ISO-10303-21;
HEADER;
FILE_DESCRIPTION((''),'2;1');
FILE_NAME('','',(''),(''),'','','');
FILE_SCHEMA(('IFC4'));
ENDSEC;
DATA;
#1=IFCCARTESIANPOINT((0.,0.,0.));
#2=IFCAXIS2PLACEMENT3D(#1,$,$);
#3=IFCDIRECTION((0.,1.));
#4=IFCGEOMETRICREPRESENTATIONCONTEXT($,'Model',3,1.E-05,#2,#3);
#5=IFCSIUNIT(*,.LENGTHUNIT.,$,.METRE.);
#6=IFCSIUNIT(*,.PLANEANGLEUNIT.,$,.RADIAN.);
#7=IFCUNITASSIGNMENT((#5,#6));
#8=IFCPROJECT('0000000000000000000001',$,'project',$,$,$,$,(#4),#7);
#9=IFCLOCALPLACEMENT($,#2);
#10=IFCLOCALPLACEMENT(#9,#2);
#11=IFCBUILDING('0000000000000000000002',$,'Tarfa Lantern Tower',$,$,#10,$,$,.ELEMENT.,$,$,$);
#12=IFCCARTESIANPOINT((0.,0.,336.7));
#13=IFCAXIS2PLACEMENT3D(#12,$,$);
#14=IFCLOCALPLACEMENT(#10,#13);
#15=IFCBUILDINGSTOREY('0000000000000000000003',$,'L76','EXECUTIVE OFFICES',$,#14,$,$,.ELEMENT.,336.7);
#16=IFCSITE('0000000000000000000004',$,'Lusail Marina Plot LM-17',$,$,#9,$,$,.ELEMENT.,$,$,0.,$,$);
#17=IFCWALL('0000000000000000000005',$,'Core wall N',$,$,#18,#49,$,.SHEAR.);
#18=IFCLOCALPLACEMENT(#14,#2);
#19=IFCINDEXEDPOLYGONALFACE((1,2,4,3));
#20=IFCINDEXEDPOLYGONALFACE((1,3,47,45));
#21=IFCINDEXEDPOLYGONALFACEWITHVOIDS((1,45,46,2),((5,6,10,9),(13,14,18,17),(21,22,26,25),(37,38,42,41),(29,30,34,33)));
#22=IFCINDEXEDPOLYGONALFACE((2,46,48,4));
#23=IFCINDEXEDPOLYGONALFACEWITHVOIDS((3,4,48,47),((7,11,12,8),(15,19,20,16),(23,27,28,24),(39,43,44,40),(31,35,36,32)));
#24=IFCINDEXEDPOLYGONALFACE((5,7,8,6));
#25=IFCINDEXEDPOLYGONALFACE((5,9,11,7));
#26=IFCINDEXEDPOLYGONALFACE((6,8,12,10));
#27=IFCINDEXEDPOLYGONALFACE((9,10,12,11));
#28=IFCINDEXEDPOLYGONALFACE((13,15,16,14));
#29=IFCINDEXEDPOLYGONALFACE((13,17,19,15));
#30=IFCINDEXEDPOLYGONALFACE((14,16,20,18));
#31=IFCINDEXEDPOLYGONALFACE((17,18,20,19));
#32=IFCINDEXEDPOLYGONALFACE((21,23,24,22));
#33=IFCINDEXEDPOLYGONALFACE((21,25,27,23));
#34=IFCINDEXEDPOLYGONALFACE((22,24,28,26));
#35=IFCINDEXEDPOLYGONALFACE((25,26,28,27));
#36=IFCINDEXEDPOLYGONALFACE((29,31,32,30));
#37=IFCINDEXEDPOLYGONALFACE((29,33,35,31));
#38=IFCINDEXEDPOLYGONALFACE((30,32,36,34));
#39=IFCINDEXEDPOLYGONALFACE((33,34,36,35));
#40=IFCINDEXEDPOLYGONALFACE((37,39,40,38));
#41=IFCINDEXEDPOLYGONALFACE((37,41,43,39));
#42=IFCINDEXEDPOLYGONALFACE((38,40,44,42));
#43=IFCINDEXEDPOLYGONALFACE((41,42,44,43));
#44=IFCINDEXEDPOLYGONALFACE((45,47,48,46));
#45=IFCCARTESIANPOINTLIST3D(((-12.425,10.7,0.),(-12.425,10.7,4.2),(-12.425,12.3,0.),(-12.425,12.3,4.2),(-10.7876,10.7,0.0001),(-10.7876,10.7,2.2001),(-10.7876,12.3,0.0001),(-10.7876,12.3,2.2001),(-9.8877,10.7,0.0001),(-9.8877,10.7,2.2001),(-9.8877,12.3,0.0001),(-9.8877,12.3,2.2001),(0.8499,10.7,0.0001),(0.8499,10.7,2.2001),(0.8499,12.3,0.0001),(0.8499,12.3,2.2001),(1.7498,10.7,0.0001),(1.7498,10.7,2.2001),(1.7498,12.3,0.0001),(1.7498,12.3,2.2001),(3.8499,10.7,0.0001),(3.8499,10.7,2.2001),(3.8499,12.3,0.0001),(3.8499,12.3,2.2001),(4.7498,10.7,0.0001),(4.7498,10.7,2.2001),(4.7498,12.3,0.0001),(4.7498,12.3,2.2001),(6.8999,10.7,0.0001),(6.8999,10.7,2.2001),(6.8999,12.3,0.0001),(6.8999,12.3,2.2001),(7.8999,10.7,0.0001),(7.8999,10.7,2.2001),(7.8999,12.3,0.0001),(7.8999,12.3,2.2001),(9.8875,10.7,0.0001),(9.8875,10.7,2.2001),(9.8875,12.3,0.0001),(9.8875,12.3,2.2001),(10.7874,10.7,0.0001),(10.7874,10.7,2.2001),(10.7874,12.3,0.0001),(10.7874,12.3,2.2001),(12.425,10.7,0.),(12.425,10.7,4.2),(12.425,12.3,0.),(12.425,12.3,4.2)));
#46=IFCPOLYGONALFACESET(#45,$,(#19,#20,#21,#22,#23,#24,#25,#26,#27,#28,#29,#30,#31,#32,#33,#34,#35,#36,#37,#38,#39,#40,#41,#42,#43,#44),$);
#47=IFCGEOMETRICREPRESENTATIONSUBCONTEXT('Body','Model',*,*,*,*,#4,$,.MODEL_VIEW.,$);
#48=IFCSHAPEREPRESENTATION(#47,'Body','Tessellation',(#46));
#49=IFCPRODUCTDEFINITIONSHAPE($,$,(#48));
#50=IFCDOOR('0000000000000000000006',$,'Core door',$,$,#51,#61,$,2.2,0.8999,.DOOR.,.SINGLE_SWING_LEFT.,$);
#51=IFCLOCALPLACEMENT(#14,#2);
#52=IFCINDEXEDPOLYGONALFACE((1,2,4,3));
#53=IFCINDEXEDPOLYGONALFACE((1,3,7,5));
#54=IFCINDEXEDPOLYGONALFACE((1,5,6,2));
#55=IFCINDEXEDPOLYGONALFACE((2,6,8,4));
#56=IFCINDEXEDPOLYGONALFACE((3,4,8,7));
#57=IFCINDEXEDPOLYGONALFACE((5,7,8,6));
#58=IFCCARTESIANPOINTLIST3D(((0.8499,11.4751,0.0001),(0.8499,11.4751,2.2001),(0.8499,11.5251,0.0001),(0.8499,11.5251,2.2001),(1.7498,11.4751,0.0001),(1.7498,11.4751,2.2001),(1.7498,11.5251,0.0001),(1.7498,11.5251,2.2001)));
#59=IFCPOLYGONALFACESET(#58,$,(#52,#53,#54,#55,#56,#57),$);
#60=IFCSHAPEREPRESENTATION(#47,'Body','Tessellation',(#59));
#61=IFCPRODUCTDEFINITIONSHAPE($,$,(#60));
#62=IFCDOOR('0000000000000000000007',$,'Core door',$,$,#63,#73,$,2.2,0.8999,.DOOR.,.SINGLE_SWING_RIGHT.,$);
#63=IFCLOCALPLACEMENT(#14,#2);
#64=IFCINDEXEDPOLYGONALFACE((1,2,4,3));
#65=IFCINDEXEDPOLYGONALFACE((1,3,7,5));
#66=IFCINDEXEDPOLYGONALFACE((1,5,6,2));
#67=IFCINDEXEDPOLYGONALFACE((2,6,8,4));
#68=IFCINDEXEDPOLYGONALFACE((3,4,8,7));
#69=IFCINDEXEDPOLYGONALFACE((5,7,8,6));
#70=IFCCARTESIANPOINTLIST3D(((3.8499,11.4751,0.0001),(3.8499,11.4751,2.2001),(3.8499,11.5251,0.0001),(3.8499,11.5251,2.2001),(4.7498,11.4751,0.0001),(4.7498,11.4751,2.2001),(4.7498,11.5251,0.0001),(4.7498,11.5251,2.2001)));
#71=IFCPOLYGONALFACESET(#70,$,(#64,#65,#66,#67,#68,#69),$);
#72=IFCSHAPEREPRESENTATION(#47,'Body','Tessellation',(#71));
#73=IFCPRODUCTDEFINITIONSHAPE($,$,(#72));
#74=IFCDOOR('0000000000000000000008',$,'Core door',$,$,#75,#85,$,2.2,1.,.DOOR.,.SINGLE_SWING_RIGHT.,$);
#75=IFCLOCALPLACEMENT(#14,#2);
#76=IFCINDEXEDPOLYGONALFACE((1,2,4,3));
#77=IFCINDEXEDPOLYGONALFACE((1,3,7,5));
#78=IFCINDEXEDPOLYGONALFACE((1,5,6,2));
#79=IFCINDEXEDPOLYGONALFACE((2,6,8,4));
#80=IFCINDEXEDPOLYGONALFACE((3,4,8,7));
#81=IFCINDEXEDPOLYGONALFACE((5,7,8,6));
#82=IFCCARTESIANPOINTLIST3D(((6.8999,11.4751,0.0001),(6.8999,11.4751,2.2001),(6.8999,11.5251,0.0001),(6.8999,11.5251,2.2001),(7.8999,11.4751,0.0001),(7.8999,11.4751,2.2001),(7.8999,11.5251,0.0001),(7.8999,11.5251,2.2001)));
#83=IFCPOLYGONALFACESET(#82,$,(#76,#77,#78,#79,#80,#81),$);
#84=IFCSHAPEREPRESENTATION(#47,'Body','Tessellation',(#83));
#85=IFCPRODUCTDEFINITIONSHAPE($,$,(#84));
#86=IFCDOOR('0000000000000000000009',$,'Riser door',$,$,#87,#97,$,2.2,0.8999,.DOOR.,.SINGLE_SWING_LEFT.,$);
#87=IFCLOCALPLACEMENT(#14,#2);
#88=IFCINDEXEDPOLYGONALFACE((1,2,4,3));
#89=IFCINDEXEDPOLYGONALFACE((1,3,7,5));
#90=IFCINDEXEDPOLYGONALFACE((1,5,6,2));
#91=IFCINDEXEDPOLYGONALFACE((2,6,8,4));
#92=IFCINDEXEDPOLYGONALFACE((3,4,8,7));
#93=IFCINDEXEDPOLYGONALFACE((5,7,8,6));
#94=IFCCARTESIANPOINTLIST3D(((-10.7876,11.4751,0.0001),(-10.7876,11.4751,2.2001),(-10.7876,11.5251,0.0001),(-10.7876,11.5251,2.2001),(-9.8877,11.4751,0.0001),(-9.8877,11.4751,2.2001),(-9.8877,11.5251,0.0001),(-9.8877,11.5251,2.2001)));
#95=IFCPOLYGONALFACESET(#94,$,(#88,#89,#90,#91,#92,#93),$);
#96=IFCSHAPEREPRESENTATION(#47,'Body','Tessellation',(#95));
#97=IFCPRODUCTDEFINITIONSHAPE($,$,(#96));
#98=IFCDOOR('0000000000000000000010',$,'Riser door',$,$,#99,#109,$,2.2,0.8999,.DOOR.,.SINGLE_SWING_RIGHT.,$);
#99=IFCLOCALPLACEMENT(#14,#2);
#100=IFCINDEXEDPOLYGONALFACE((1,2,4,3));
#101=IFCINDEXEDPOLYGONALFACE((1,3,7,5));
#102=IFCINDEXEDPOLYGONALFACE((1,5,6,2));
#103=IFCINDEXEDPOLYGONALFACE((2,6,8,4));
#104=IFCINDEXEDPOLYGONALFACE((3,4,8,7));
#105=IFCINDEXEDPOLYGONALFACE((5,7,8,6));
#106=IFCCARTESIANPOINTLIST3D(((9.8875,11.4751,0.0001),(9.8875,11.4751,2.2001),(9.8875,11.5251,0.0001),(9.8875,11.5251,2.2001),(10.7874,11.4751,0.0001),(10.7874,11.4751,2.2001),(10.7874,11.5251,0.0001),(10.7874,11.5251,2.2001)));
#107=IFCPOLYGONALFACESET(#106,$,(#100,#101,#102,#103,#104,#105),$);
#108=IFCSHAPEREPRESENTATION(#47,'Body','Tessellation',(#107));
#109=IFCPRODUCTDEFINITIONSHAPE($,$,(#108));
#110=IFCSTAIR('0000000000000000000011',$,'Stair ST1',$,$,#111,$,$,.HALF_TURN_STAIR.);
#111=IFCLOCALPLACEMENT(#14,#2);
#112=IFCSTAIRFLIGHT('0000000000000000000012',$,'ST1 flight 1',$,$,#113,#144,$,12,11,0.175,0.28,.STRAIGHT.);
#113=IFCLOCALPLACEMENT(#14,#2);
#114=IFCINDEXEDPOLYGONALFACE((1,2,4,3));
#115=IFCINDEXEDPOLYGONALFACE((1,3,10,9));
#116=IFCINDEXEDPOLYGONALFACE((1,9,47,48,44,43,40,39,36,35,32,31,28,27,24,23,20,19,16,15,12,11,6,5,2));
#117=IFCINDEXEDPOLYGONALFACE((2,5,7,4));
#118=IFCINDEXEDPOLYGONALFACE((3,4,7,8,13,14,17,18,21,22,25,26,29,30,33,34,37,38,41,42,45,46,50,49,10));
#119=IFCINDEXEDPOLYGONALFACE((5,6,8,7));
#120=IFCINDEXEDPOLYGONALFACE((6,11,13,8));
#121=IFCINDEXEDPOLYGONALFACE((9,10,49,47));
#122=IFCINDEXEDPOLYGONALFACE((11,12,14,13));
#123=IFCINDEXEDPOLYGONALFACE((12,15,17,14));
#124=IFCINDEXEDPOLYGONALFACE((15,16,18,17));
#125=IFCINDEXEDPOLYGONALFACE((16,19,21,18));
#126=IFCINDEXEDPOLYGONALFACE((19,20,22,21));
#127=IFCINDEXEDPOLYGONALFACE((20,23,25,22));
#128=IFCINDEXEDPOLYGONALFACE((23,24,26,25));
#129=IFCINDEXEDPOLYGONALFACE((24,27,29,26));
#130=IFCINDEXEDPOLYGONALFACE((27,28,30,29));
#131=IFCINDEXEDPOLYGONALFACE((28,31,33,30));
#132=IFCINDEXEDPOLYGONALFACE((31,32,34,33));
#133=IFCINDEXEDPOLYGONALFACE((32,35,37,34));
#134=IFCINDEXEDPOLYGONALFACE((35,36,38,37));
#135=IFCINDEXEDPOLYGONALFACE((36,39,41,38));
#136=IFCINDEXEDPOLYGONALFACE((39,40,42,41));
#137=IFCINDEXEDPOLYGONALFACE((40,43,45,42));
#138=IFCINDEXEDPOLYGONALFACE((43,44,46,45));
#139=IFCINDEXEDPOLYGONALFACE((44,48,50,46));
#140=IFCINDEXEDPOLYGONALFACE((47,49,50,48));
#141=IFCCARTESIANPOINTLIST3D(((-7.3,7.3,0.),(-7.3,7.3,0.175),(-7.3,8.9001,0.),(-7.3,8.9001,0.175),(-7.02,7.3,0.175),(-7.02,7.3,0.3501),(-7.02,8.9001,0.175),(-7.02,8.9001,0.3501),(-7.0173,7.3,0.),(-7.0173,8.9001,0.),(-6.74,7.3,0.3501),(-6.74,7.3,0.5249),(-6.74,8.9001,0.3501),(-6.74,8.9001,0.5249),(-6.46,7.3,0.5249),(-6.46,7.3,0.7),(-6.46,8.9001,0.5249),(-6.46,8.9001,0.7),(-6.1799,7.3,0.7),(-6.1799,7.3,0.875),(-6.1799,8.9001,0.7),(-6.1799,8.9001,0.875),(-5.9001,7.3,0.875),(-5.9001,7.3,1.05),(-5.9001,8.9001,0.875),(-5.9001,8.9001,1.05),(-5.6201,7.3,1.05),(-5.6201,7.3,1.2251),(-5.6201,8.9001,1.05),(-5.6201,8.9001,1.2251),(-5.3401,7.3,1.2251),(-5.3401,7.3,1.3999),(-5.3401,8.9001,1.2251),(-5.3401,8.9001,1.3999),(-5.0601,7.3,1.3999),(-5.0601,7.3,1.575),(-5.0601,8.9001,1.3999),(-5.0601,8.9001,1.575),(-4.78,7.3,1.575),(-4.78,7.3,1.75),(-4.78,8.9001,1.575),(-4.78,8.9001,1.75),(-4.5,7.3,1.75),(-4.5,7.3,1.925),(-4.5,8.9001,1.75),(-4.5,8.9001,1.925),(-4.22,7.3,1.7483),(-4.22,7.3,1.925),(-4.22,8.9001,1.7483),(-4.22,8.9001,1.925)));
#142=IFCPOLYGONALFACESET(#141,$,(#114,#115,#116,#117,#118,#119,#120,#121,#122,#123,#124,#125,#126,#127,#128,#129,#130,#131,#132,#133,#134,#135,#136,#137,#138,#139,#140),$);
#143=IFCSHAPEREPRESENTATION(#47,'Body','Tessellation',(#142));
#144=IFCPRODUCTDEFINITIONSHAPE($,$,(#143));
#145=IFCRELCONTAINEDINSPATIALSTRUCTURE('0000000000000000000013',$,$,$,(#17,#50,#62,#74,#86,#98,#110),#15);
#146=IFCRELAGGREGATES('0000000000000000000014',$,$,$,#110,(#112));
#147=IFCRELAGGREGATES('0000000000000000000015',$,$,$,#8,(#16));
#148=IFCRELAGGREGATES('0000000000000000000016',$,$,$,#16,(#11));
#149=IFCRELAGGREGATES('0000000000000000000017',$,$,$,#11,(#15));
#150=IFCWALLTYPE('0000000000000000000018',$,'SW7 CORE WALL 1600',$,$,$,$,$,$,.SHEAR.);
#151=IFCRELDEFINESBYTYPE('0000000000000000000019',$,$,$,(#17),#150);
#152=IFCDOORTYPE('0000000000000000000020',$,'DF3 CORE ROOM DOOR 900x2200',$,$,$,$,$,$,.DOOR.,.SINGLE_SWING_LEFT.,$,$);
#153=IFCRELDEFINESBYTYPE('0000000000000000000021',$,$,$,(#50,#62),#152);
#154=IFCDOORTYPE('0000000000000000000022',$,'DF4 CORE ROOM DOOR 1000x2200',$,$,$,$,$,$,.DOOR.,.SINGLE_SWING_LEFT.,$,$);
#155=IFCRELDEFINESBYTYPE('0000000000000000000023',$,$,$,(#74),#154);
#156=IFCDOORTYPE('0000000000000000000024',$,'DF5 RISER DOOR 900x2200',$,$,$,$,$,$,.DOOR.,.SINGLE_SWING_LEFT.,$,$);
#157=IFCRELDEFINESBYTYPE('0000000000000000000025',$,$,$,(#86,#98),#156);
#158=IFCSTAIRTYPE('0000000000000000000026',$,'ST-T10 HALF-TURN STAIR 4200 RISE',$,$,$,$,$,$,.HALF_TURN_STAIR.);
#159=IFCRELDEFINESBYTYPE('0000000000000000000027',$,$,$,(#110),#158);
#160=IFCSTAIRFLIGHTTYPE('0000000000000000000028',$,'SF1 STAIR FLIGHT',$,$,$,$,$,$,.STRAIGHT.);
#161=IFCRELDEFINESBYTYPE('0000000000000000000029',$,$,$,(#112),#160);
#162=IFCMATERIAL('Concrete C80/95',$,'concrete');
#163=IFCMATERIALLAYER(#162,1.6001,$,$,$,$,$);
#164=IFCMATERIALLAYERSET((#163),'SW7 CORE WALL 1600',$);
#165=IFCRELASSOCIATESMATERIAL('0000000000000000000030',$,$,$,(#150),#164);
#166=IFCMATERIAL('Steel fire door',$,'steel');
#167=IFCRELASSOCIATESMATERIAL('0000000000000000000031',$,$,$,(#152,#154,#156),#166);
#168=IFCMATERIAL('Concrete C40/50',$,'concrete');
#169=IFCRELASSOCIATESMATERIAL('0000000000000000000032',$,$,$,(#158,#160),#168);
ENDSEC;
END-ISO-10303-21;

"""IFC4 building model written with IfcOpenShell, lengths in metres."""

from ifc_helpers import new_model, si_unit, direction, frame, frame_2d, origin, place, context, subcontext, project, spatial, polyline, rectangle, outline, extrude, material, layer, layer_set, type_object, element, fill, aggregate, save


model = new_model("IFC4")

# Units and contexts
model_context = context("Model", 3, precision=1e-05, world=origin(), true_north=direction((0.0, 1.0)))
body_context = subcontext(model_context, "Body", "Model", "MODEL_VIEW")
ifc_project = project(units=[si_unit("LENGTHUNIT", "METRE"), si_unit("PLANEANGLEUNIT", "RADIAN")], contexts=[model_context])

# Site, building, storey
site_placement = place(None, origin())
site = spatial("IfcSite", under=ifc_project, at=site_placement, Name="Lusail Marina Plot LM-17", CompositionType="ELEMENT", RefElevation=0.0)
building_placement = place(site_placement, origin())
building = spatial("IfcBuilding", under=site, at=building_placement, Name="Tarfa Lantern Tower", CompositionType="ELEMENT")
storey_placement = place(building_placement, frame((0.0, 0.0, 336.7)))
storey = spatial("IfcBuildingStorey", under=building, at=storey_placement, Name="L76", Description="EXECUTIVE OFFICES", CompositionType="ELEMENT", Elevation=336.7)

# Shared definitions
ifc_material_1 = material(Name="Concrete C80/95", Category="concrete")

# Shared definitions
ifc_material_2 = material(Name="Steel fire door", Category="steel")

# Wall, openings, doors
ifc_layer_1 = layer(ifc_material_1, 1.6001)
ifc_layer_set_1 = layer_set([ifc_layer_1], Name="SW7 CORE WALL 1600")
wall_type_1 = type_object("IfcWallType", Name="SW7 CORE WALL 1600", PredefinedType="SHEAR", material=ifc_layer_set_1)
wall_1_placement = place(storey_placement, frame((-12.425, 11.5, 0.0), z_axis=(0.0, 0.0, 1.0), x_axis=(1.0, 0.0, 0.0)))
wall_1 = element("IfcWall", 1, at=wall_1_placement, inside=storey, type_object=wall_type_1, Name="Core wall N", PredefinedType="SHEAR", context=body_context, shape_type="SweptSolid", body=[
    extrude(rectangle(XDim=24.8501, YDim=1.6001, at=frame_2d((12.425, 0.0))), origin(), (0.0, 0.0, 1.0), 4.2),
])
opening_1_placement = place(wall_1_placement, frame((13.2749, 0.0, 0.0)))
opening_1 = element("IfcOpeningElement", 2, at=opening_1_placement, cuts=wall_1, PredefinedType="OPENING", context=body_context, shape_type="SweptSolid", body=[
    extrude(rectangle(XDim=0.8999, YDim=2.2, at=frame_2d((0.45, 1.1001))), frame((0.0, 0.8101, 0.0), z_axis=(0.0, -1.0, 0.0), x_axis=(1.0, 0.0, 0.0)), (0.0, 0.0, 1.0), 1.6201),
])
opening_2_placement = place(wall_1_placement, frame((16.2749, 0.0, 0.0)))
opening_2 = element("IfcOpeningElement", 3, at=opening_2_placement, cuts=wall_1, PredefinedType="OPENING", context=body_context, shape_type="SweptSolid", body=[
    extrude(rectangle(XDim=0.8999, YDim=2.2, at=frame_2d((0.45, 1.1001))), frame((0.0, 0.8101, 0.0), z_axis=(0.0, -1.0, 0.0), x_axis=(1.0, 0.0, 0.0)), (0.0, 0.0, 1.0), 1.6201),
])
opening_3_placement = place(wall_1_placement, frame((19.325, 0.0, 0.0)))
opening_3 = element("IfcOpeningElement", 4, at=opening_3_placement, cuts=wall_1, PredefinedType="OPENING", context=body_context, shape_type="SweptSolid", body=[
    extrude(rectangle(XDim=1.0, YDim=2.2, at=frame_2d((0.5, 1.1001))), frame((0.0, 0.8101, 0.0), z_axis=(0.0, -1.0, 0.0), x_axis=(1.0, 0.0, 0.0)), (0.0, 0.0, 1.0), 1.6201),
])
opening_4_placement = place(wall_1_placement, frame((1.6375, 0.0, 0.0)))
opening_4 = element("IfcOpeningElement", 5, at=opening_4_placement, cuts=wall_1, PredefinedType="OPENING", context=body_context, shape_type="SweptSolid", body=[
    extrude(rectangle(XDim=0.8999, YDim=2.2, at=frame_2d((0.45, 1.1001))), frame((0.0, 0.8101, 0.0), z_axis=(0.0, -1.0, 0.0), x_axis=(1.0, 0.0, 0.0)), (0.0, 0.0, 1.0), 1.6201),
])
opening_5_placement = place(wall_1_placement, frame((22.3125, 0.0, 0.0)))
opening_5 = element("IfcOpeningElement", 6, at=opening_5_placement, cuts=wall_1, PredefinedType="OPENING", context=body_context, shape_type="SweptSolid", body=[
    extrude(rectangle(XDim=0.8999, YDim=2.2, at=frame_2d((0.45, 1.1001))), frame((0.0, 0.8101, 0.0), z_axis=(0.0, -1.0, 0.0), x_axis=(1.0, 0.0, 0.0)), (0.0, 0.0, 1.0), 1.6201),
])
door_type_1 = type_object("IfcDoorType", Name="DF3 CORE ROOM DOOR 900x2200", OperationType="SINGLE_SWING_LEFT", PredefinedType="DOOR", material=ifc_material_2)
door_1_placement = place(opening_1_placement, frame((0.8999, 0.0, 0.0), z_axis=(0.0, 0.0, 1.0), x_axis=(-1.0, 0.0, 0.0)))
door_1 = element("IfcDoor", 7, at=door_1_placement, inside=storey, type_object=door_type_1, Name="Core door", OperationType="SINGLE_SWING_LEFT", OverallHeight=2.2, OverallWidth=0.8999, PredefinedType="DOOR", context=body_context, shape_type="SweptSolid", body=[
    extrude(rectangle(XDim=0.8999, YDim=2.2, at=frame_2d((0.45, 1.1001))), frame((0.0, 0.0249, 0.0), z_axis=(0.0, -1.0, 0.0), x_axis=(1.0, 0.0, 0.0)), (0.0, 0.0, 1.0), 0.05),
])
fill(opening_1, door_1)
door_2_placement = place(opening_2_placement, frame((0.8999, 0.0, 0.0), z_axis=(0.0, 0.0, 1.0), x_axis=(-1.0, 0.0, 0.0)))
door_2 = element("IfcDoor", 8, at=door_2_placement, inside=storey, type_object=door_type_1, Name="Core door", OperationType="SINGLE_SWING_RIGHT", OverallHeight=2.2, OverallWidth=0.8999, PredefinedType="DOOR", context=body_context, shape_type="SweptSolid", body=[
    extrude(rectangle(XDim=0.8999, YDim=2.2, at=frame_2d((0.45, 1.1001))), frame((0.0, 0.0249, 0.0), z_axis=(0.0, -1.0, 0.0), x_axis=(1.0, 0.0, 0.0)), (0.0, 0.0, 1.0), 0.05),
])
fill(opening_2, door_2)
door_type_2 = type_object("IfcDoorType", Name="DF4 CORE ROOM DOOR 1000x2200", OperationType="SINGLE_SWING_LEFT", PredefinedType="DOOR", material=ifc_material_2)
door_3_placement = place(opening_3_placement, frame((1.0, 0.0, 0.0), z_axis=(0.0, 0.0, 1.0), x_axis=(-1.0, 0.0, 0.0)))
door_3 = element("IfcDoor", 9, at=door_3_placement, inside=storey, type_object=door_type_2, Name="Core door", OperationType="SINGLE_SWING_RIGHT", OverallHeight=2.2, OverallWidth=1.0, PredefinedType="DOOR", context=body_context, shape_type="SweptSolid", body=[
    extrude(rectangle(XDim=1.0, YDim=2.2, at=frame_2d((0.5, 1.1001))), frame((0.0, 0.0249, 0.0), z_axis=(0.0, -1.0, 0.0), x_axis=(1.0, 0.0, 0.0)), (0.0, 0.0, 1.0), 0.05),
])
fill(opening_3, door_3)
door_type_3 = type_object("IfcDoorType", Name="DF5 RISER DOOR 900x2200", OperationType="SINGLE_SWING_LEFT", PredefinedType="DOOR", material=ifc_material_2)
door_4_placement = place(opening_4_placement, frame((0.8999, 0.0, 0.0), z_axis=(0.0, 0.0, 1.0), x_axis=(-1.0, 0.0, 0.0)))
door_4 = element("IfcDoor", 10, at=door_4_placement, inside=storey, type_object=door_type_3, Name="Riser door", OperationType="SINGLE_SWING_LEFT", OverallHeight=2.2, OverallWidth=0.8999, PredefinedType="DOOR", context=body_context, shape_type="SweptSolid", body=[
    extrude(rectangle(XDim=0.8999, YDim=2.2, at=frame_2d((0.45, 1.1001))), frame((0.0, 0.0249, 0.0), z_axis=(0.0, -1.0, 0.0), x_axis=(1.0, 0.0, 0.0)), (0.0, 0.0, 1.0), 0.05),
])
fill(opening_4, door_4)
door_5_placement = place(opening_5_placement, frame((0.8999, 0.0, 0.0), z_axis=(0.0, 0.0, 1.0), x_axis=(-1.0, 0.0, 0.0)))
door_5 = element("IfcDoor", 11, at=door_5_placement, inside=storey, type_object=door_type_3, Name="Riser door", OperationType="SINGLE_SWING_RIGHT", OverallHeight=2.2, OverallWidth=0.8999, PredefinedType="DOOR", context=body_context, shape_type="SweptSolid", body=[
    extrude(rectangle(XDim=0.8999, YDim=2.2, at=frame_2d((0.45, 1.1001))), frame((0.0, 0.0249, 0.0), z_axis=(0.0, -1.0, 0.0), x_axis=(1.0, 0.0, 0.0)), (0.0, 0.0, 1.0), 0.05),
])
fill(opening_5, door_5)

# Stair, stair flight
ifc_material_3 = material(Name="Concrete C40/50", Category="concrete")
stair_type = type_object("IfcStairType", Name="ST-T10 HALF-TURN STAIR 4200 RISE", PredefinedType="HALF_TURN_STAIR", material=ifc_material_3)
stair_placement = place(storey_placement, origin())
stair = element("IfcStair", 12, at=stair_placement, inside=storey, type_object=stair_type, Name="Stair ST1", PredefinedType="HALF_TURN_STAIR")
stair_flight_type = type_object("IfcStairFlightType", Name="SF1 STAIR FLIGHT", PredefinedType="STRAIGHT", material=ifc_material_3)
stair_flight_1_placement = place(storey_placement, frame((-7.3, 8.1001, 0.0), z_axis=(0.0, 0.0, 1.0), x_axis=(1.0, 0.0, 0.0)))
stair_flight_1 = element("IfcStairFlight", 13, at=stair_flight_1_placement, type_object=stair_flight_type, Name="ST1 flight 1", NumberOfRisers=12, NumberOfTreads=11, PredefinedType="STRAIGHT", RiserHeight=0.175, TreadLength=0.28, context=body_context, shape_type="SweptSolid", body=[
    extrude(outline(polyline([(0.0, 0.0), (0.0, 0.175), (0.28, 0.175), (0.28, 0.3501), (0.5601, 0.3501), (0.5601, 0.5249), (0.8401, 0.5249), (0.8401, 0.7), (1.1201, 0.7), (1.1201, 0.875), (1.3999, 0.875), (1.3999, 1.05), (1.6799, 1.05), (1.6799, 1.2251), (1.96, 1.2251), (1.96, 1.3999), (2.24, 1.3999), (2.24, 1.575), (2.52, 1.575), (2.52, 1.75), (2.8, 1.75), (2.8, 1.925), (3.0801, 1.925), (3.0801, 2.1001), (3.0801, 1.7483), (0.2827, 0.0), (0.0, 0.0)])), frame((0.0, 0.8, 0.0), z_axis=(0.0, -1.0, 0.0), x_axis=(1.0, 0.0, 0.0)), (0.0, 0.0, 1.0), 1.6001),
])
aggregate(stair, [stair_flight_1])

save(model, "model.ifc")
